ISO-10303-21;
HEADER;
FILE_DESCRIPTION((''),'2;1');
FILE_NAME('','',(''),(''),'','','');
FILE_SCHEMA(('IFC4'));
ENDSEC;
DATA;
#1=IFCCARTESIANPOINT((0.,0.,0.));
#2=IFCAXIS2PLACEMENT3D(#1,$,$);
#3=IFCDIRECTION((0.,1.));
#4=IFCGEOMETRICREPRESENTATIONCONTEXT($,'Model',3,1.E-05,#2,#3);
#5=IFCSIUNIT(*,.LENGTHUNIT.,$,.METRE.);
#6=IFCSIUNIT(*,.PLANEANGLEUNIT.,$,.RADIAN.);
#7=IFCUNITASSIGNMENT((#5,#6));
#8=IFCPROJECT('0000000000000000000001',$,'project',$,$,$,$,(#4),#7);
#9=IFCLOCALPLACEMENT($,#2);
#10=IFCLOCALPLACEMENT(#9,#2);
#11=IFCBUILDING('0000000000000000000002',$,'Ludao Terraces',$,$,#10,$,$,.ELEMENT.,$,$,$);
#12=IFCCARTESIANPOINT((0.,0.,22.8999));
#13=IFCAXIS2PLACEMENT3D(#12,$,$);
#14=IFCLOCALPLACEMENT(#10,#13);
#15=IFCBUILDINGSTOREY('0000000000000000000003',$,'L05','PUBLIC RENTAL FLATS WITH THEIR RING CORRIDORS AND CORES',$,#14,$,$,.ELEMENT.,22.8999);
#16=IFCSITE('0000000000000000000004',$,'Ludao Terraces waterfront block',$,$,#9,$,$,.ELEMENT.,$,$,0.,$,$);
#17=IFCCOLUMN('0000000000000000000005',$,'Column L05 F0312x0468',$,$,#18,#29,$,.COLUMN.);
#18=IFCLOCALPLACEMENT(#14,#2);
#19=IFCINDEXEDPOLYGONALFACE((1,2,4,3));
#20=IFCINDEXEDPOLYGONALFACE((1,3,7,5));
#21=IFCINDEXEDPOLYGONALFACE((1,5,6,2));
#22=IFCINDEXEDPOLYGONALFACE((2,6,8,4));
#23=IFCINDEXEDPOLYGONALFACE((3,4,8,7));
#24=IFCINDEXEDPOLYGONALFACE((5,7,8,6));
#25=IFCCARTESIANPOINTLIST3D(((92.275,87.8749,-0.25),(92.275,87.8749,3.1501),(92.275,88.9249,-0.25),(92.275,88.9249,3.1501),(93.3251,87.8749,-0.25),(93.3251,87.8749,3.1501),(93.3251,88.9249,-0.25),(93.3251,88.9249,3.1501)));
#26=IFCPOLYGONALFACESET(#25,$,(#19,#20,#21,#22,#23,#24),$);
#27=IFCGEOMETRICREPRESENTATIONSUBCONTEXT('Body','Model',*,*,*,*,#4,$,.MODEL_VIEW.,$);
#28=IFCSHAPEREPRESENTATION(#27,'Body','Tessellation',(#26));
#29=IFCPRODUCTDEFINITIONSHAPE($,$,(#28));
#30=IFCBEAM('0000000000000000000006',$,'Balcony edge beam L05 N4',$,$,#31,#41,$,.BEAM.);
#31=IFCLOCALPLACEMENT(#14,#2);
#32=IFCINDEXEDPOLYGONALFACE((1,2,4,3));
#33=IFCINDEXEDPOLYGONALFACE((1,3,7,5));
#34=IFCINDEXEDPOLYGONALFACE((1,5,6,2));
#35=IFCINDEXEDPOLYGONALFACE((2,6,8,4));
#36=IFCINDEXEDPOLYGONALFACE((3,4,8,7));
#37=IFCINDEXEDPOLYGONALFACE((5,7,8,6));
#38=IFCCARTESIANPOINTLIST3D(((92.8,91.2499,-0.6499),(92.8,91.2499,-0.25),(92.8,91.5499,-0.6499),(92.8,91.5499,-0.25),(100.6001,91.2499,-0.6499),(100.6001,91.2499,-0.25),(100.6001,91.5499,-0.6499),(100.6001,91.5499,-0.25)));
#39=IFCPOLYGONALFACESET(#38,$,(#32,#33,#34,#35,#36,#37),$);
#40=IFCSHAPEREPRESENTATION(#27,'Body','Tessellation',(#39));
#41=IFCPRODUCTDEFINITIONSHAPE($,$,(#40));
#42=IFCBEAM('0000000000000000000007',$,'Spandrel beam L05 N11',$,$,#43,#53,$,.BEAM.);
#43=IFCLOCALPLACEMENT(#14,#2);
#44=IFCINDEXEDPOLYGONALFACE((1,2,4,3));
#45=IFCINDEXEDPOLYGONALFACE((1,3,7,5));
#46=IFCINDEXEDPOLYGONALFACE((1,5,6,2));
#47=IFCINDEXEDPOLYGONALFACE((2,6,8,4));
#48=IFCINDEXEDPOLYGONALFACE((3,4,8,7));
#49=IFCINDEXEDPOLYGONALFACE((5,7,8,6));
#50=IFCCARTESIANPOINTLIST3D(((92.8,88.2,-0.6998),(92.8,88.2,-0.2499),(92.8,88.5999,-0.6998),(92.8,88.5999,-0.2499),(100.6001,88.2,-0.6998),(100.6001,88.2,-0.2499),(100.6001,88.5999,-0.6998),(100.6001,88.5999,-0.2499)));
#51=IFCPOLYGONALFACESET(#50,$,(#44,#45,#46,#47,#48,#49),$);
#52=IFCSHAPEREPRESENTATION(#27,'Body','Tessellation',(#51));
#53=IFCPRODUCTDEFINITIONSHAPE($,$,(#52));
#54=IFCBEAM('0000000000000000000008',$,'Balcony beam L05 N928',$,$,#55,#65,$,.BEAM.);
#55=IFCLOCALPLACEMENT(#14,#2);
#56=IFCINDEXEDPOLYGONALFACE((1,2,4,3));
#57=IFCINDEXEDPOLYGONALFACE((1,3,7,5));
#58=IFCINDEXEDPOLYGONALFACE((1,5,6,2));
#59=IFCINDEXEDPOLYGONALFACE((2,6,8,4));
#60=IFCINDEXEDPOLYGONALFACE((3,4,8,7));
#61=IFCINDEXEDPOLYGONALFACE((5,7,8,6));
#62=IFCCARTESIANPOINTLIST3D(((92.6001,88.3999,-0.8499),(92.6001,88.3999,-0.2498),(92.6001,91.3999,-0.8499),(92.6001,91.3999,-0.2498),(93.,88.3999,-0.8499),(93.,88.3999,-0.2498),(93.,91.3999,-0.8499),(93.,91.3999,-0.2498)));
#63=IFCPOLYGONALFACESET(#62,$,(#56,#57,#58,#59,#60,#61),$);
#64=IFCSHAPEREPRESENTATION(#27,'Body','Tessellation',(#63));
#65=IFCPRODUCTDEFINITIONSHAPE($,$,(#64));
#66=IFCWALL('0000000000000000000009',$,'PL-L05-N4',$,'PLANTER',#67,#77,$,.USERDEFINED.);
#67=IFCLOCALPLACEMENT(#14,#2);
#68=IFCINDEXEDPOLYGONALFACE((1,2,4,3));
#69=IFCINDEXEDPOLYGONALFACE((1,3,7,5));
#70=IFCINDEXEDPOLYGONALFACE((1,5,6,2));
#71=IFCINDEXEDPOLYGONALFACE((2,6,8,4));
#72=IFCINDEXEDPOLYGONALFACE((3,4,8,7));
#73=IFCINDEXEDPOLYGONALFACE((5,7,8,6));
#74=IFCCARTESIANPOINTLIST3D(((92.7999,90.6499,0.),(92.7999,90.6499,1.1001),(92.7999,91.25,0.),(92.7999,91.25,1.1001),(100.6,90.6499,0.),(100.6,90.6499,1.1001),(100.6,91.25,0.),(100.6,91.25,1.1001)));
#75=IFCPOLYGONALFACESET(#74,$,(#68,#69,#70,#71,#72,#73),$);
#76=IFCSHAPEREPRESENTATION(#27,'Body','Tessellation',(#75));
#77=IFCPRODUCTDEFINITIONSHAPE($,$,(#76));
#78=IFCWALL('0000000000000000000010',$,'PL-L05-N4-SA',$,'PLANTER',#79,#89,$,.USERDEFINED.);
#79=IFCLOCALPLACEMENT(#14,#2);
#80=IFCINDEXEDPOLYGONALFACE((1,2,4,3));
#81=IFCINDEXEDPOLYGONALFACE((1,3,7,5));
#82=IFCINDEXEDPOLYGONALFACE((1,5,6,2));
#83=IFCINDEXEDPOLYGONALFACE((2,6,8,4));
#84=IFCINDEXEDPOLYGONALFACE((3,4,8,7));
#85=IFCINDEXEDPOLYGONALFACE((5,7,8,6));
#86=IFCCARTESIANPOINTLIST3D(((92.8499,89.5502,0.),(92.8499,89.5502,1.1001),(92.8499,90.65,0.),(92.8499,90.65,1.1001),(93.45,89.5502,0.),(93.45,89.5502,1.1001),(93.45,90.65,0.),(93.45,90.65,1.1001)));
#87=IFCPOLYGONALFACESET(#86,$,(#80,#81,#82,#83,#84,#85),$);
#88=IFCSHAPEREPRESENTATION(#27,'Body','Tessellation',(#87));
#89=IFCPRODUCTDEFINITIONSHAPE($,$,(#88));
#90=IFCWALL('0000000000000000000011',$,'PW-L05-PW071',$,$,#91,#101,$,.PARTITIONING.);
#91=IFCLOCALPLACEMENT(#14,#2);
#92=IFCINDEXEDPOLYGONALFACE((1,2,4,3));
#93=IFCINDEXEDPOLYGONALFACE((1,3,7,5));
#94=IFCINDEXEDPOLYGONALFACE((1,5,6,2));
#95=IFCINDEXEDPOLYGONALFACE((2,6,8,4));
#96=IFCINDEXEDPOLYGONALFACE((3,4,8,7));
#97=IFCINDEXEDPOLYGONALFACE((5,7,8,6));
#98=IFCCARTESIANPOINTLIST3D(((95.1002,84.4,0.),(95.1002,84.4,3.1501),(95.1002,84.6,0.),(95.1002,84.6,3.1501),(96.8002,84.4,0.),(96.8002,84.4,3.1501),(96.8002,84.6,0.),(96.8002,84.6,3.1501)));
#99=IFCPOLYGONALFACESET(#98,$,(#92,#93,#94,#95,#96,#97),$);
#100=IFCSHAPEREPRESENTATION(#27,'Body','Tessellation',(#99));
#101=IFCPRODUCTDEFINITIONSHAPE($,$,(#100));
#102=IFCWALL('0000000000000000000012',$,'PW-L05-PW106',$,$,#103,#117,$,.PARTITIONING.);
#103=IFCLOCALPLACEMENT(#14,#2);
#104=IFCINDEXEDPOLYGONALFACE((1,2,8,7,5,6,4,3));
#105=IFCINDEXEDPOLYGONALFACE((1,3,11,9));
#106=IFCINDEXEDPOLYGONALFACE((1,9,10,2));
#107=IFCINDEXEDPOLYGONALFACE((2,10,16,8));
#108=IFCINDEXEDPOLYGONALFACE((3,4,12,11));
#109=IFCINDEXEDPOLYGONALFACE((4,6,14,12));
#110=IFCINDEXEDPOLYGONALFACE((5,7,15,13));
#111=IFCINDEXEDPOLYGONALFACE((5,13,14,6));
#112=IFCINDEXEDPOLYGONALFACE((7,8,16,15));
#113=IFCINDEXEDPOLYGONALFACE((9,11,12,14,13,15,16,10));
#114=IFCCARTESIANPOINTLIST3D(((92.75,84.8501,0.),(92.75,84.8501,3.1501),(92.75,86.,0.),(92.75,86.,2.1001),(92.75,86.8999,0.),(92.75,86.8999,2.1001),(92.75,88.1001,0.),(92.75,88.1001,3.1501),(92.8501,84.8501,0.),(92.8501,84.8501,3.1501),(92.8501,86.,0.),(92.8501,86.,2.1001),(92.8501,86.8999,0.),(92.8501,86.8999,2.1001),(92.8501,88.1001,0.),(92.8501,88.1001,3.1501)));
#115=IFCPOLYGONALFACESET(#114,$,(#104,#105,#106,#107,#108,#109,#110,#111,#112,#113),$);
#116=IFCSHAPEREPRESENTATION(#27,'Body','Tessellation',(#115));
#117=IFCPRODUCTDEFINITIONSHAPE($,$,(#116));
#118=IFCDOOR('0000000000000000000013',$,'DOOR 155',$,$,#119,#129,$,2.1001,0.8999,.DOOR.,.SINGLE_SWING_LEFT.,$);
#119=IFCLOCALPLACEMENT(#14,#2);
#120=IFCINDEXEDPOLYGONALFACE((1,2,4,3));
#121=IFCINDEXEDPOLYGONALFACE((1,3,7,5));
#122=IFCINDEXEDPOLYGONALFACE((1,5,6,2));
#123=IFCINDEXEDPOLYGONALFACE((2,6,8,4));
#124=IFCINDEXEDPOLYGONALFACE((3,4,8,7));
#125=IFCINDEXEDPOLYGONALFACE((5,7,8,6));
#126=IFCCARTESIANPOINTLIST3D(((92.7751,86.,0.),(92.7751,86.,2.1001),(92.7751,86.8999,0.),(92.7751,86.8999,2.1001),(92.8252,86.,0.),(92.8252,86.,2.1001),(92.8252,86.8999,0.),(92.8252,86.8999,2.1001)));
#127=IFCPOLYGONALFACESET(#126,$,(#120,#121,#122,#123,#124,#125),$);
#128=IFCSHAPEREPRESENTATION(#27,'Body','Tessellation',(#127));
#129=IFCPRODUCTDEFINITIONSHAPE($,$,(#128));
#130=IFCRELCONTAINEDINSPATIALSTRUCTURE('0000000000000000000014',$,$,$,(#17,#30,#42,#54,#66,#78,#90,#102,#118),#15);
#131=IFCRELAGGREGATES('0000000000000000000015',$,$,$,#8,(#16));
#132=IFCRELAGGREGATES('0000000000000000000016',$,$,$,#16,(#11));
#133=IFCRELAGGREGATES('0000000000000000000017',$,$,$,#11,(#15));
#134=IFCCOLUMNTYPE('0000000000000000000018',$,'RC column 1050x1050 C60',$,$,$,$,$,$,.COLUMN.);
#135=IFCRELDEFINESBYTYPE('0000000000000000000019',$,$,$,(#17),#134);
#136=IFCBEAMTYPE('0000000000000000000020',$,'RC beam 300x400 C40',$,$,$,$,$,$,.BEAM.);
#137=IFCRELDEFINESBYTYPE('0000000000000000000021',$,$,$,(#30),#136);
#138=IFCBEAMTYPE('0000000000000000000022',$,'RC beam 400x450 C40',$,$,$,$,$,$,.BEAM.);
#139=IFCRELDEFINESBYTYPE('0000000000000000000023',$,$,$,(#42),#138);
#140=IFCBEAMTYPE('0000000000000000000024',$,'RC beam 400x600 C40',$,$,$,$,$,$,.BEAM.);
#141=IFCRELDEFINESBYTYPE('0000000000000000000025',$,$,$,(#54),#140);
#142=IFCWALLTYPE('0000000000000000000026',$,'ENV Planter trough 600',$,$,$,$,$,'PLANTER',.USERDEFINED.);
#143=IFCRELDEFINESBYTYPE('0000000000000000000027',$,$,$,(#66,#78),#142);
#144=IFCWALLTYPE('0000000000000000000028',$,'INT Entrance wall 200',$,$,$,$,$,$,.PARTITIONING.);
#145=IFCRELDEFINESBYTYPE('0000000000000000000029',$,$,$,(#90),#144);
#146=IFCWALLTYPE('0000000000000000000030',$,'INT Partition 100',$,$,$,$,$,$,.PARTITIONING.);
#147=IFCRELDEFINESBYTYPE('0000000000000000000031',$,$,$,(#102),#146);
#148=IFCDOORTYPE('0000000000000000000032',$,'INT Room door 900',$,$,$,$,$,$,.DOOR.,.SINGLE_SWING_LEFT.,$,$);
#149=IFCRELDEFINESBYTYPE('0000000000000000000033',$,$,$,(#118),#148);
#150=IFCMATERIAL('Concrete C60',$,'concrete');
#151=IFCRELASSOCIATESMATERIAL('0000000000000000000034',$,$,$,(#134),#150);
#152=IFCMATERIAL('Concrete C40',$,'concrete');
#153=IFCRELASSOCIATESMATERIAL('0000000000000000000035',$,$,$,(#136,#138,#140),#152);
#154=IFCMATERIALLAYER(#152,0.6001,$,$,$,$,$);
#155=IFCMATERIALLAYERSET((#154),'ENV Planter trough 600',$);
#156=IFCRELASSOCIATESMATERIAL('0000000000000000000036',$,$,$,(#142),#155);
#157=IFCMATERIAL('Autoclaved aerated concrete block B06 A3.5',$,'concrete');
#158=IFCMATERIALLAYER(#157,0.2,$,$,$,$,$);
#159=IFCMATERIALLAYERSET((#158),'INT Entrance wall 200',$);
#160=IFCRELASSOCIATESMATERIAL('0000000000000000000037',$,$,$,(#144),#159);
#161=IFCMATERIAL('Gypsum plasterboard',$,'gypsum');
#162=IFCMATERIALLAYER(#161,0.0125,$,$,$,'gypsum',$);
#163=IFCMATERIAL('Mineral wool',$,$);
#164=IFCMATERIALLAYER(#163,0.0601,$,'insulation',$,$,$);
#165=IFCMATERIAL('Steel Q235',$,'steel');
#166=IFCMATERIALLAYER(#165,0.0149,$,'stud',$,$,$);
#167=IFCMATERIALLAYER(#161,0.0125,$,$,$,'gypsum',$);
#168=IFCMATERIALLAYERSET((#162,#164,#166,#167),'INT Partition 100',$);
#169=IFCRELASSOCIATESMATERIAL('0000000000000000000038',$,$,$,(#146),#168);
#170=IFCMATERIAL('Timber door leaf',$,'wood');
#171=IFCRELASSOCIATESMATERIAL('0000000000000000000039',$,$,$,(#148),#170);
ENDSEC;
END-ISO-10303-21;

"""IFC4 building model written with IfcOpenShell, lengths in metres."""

from ifc_helpers import new_model, si_unit, direction, frame, frame_2d, origin, origin_2d, place, context, subcontext, project, spatial, rectangle, extrude, material, layer, layer_set, material_profile, profile_set, type_object, element, fill, save


model = new_model("IFC4")

# Units and contexts
model_context = context("Model", 3, precision=1e-05, world=origin(), true_north=direction((0.0, 1.0)))
body_context = subcontext(model_context, "Body", "Model", "MODEL_VIEW")
ifc_project = project(units=[si_unit("LENGTHUNIT", "METRE"), si_unit("PLANEANGLEUNIT", "RADIAN")], contexts=[model_context])

# Site, building, storey
site_placement = place(None, origin())
site = spatial("IfcSite", under=ifc_project, at=site_placement, Name="Ludao Terraces waterfront block", CompositionType="ELEMENT", RefElevation=0.0)
building_placement = place(site_placement, origin())
building = spatial("IfcBuilding", under=site, at=building_placement, Name="Ludao Terraces", CompositionType="ELEMENT")
storey_placement = place(building_placement, frame((0.0, 0.0, 22.8999)))
storey = spatial("IfcBuildingStorey", under=building, at=storey_placement, Name="L05", Description="PUBLIC RENTAL FLATS WITH THEIR RING CORRIDORS AND CORES", CompositionType="ELEMENT", Elevation=22.8999)

# Column
ifc_material_1 = material(Name="Concrete C60", Category="concrete")
ifc_material_profile_1 = material_profile(ifc_material_1, rectangle(XDim=1.05, YDim=1.05, at=origin_2d()), Name="1050 X 1050")
ifc_profile_set_1 = profile_set([ifc_material_profile_1], Name="Concrete C60")
column_type = type_object("IfcColumnType", Name="RC column 1050x1050 C60", PredefinedType="COLUMN", material=ifc_profile_set_1)
column_placement = place(storey_placement, frame((92.8, 88.3999, -0.25), z_axis=(0.0, 0.0, 1.0), x_axis=(1.0, 0.0, 0.0)))
element("IfcColumn", 1, at=column_placement, inside=storey, type_object=column_type, Name="Column L05 F0312x0468", PredefinedType="COLUMN", context=body_context, shape_type="SweptSolid", body=[
    extrude(rectangle(XDim=1.05, YDim=1.05, at=origin_2d()), origin(), (0.0, 0.0, 1.0), 3.4001),
])

# Beams
ifc_material_2 = material(Name="Concrete C40", Category="concrete")
ifc_material_profile_2 = material_profile(ifc_material_2, rectangle(XDim=0.3, YDim=0.3999, at=origin_2d()), Name="300 X 400")
ifc_profile_set_2 = profile_set([ifc_material_profile_2], Name="Concrete C40")
beam_type_1 = type_object("IfcBeamType", Name="RC beam 300x400 C40", PredefinedType="BEAM", material=ifc_profile_set_2)
beam_1_placement = place(storey_placement, frame((92.8, 91.3999, -0.45), z_axis=(1.0, 0.0, 0.0), x_axis=(0.0, 1.0, 0.0)))
element("IfcBeam", 2, at=beam_1_placement, inside=storey, type_object=beam_type_1, Name="Balcony edge beam L05 N4", PredefinedType="BEAM", context=body_context, shape_type="SweptSolid", body=[
    extrude(rectangle(XDim=0.3, YDim=0.3999, at=origin_2d()), origin(), (0.0, 0.0, 1.0), 7.8),
])
ifc_material_profile_3 = material_profile(ifc_material_2, rectangle(XDim=0.3999, YDim=0.45, at=origin_2d()), Name="400 X 450")
ifc_profile_set_3 = profile_set([ifc_material_profile_3], Name="Concrete C40")
beam_type_2 = type_object("IfcBeamType", Name="RC beam 400x450 C40", PredefinedType="BEAM", material=ifc_profile_set_3)
beam_2_placement = place(storey_placement, frame((92.8, 88.3999, -0.4749), z_axis=(1.0, 0.0, 0.0), x_axis=(0.0, 1.0, 0.0)))
element("IfcBeam", 3, at=beam_2_placement, inside=storey, type_object=beam_type_2, Name="Spandrel beam L05 N11", PredefinedType="BEAM", context=body_context, shape_type="SweptSolid", body=[
    extrude(rectangle(XDim=0.3999, YDim=0.45, at=origin_2d()), origin(), (0.0, 0.0, 1.0), 7.8),
])
ifc_material_profile_4 = material_profile(ifc_material_2, rectangle(XDim=0.3999, YDim=0.6001, at=origin_2d()), Name="400 X 600")
ifc_profile_set_4 = profile_set([ifc_material_profile_4], Name="Concrete C40")
beam_type_3 = type_object("IfcBeamType", Name="RC beam 400x600 C40", PredefinedType="BEAM", material=ifc_profile_set_4)
beam_3_placement = place(storey_placement, frame((92.8, 88.3999, -0.5498), z_axis=(0.0, 1.0, 0.0), x_axis=(-1.0, 0.0, 0.0)))
element("IfcBeam", 4, at=beam_3_placement, inside=storey, type_object=beam_type_3, Name="Balcony beam L05 N928", PredefinedType="BEAM", context=body_context, shape_type="SweptSolid", body=[
    extrude(rectangle(XDim=0.3999, YDim=0.6001, at=origin_2d()), origin(), (0.0, 0.0, 1.0), 3.0),
])

# Walls
ifc_layer_1 = layer(ifc_material_2, 0.6001)
ifc_layer_set_1 = layer_set([ifc_layer_1], Name="ENV Planter trough 600")
wall_type_1 = type_object("IfcWallType", Name="ENV Planter trough 600", ElementType="PLANTER", PredefinedType="USERDEFINED", material=ifc_layer_set_1)
wall_1_placement = place(storey_placement, frame((92.8, 90.95, 0.0), z_axis=(0.0, 0.0, 1.0), x_axis=(1.0, 0.0, 0.0)))
element("IfcWall", 5, at=wall_1_placement, inside=storey, type_object=wall_type_1, Name="PL-L05-N4", ObjectType="PLANTER", PredefinedType="USERDEFINED", context=body_context, shape_type="SweptSolid", body=[
    extrude(rectangle(XDim=7.8, YDim=0.6001, at=frame_2d((3.8999, 0.0))), origin(), (0.0, 0.0, 1.0), 1.1001),
])
wall_2_placement = place(storey_placement, frame((93.1499, 90.6499, 0.0), z_axis=(0.0, 0.0, 1.0), x_axis=(0.0, -1.0, 0.0)))
element("IfcWall", 6, at=wall_2_placement, inside=storey, type_object=wall_type_1, Name="PL-L05-N4-SA", ObjectType="PLANTER", PredefinedType="USERDEFINED", context=body_context, shape_type="SweptSolid", body=[
    extrude(rectangle(XDim=1.0999, YDim=0.6001, at=frame_2d((0.5498, 0.0))), origin(), (0.0, 0.0, 1.0), 1.1001),
])

# Shared definitions
ifc_material_3 = material(Name="Mineral wool")

# Wall
ifc_material_4 = material(Name="Autoclaved aerated concrete block B06 A3.5", Category="concrete")
ifc_layer_2 = layer(ifc_material_4, 0.2)
ifc_layer_set_2 = layer_set([ifc_layer_2], Name="INT Entrance wall 200")
wall_type_2 = type_object("IfcWallType", Name="INT Entrance wall 200", PredefinedType="PARTITIONING", material=ifc_layer_set_2)
wall_3_placement = place(storey_placement, frame((95.1001, 84.5, 0.0), z_axis=(0.0, 0.0, 1.0), x_axis=(1.0, 0.0, 0.0)))
element("IfcWall", 7, at=wall_3_placement, inside=storey, type_object=wall_type_2, Name="PW-L05-PW071", PredefinedType="PARTITIONING", context=body_context, shape_type="SweptSolid", body=[
    extrude(rectangle(XDim=1.7, YDim=0.2, at=frame_2d((0.8501, 0.0))), origin(), (0.0, 0.0, 1.0), 3.1501),
])

# Wall, opening, door
ifc_material_5 = material(Name="Gypsum plasterboard", Category="gypsum")
ifc_layer_3 = layer(ifc_material_5, 0.0125, Category="gypsum")
ifc_layer_4 = layer(ifc_material_3, 0.0601, Name="insulation")
ifc_material_6 = material(Name="Steel Q235", Category="steel")
ifc_layer_5 = layer(ifc_material_6, 0.0149, Name="stud")
ifc_layer_6 = layer(ifc_material_5, 0.0125, Category="gypsum")
ifc_layer_set_3 = layer_set([ifc_layer_3, ifc_layer_4, ifc_layer_5, ifc_layer_6], Name="INT Partition 100")
wall_type_3 = type_object("IfcWallType", Name="INT Partition 100", PredefinedType="PARTITIONING", material=ifc_layer_set_3)
wall_4_placement = place(storey_placement, frame((92.8, 84.8501, 0.0), z_axis=(0.0, 0.0, 1.0), x_axis=(0.0, 1.0, 0.0)))
wall_4 = element("IfcWall", 8, at=wall_4_placement, inside=storey, type_object=wall_type_3, Name="PW-L05-PW106", PredefinedType="PARTITIONING", context=body_context, shape_type="SweptSolid", body=[
    extrude(rectangle(XDim=3.25, YDim=0.1001, at=frame_2d((1.625, 0.0))), origin(), (0.0, 0.0, 1.0), 3.1501),
])
opening_1_placement = place(wall_4_placement, frame((1.1499, 0.0, 0.0)))
opening_1 = element("IfcOpeningElement", 9, at=opening_1_placement, cuts=wall_4, PredefinedType="OPENING", context=body_context, shape_type="SweptSolid", body=[
    extrude(rectangle(XDim=0.8999, YDim=2.1001, at=frame_2d((0.45, 1.05))), frame((0.0, 0.0601, 0.0), z_axis=(0.0, -1.0, 0.0), x_axis=(1.0, 0.0, 0.0)), (0.0, 0.0, 1.0), 0.1201),
])
ifc_material_7 = material(Name="Timber door leaf", Category="wood")
door_type_1 = type_object("IfcDoorType", Name="INT Room door 900", OperationType="SINGLE_SWING_LEFT", PredefinedType="DOOR", material=ifc_material_7)
door_1_placement = place(opening_1_placement, origin())
door_1 = element("IfcDoor", 10, at=door_1_placement, inside=storey, type_object=door_type_1, Name="DOOR 155", OperationType="SINGLE_SWING_LEFT", OverallHeight=2.1001, OverallWidth=0.8999, PredefinedType="DOOR", context=body_context, shape_type="SweptSolid", body=[
    extrude(rectangle(XDim=0.8999, YDim=2.1001, at=frame_2d((0.45, 1.05))), frame((0.0, 0.0249, 0.0), z_axis=(0.0, -1.0, 0.0), x_axis=(1.0, 0.0, 0.0)), (0.0, 0.0, 1.0), 0.05),
])
fill(opening_1, door_1)

save(model, "model.ifc")
